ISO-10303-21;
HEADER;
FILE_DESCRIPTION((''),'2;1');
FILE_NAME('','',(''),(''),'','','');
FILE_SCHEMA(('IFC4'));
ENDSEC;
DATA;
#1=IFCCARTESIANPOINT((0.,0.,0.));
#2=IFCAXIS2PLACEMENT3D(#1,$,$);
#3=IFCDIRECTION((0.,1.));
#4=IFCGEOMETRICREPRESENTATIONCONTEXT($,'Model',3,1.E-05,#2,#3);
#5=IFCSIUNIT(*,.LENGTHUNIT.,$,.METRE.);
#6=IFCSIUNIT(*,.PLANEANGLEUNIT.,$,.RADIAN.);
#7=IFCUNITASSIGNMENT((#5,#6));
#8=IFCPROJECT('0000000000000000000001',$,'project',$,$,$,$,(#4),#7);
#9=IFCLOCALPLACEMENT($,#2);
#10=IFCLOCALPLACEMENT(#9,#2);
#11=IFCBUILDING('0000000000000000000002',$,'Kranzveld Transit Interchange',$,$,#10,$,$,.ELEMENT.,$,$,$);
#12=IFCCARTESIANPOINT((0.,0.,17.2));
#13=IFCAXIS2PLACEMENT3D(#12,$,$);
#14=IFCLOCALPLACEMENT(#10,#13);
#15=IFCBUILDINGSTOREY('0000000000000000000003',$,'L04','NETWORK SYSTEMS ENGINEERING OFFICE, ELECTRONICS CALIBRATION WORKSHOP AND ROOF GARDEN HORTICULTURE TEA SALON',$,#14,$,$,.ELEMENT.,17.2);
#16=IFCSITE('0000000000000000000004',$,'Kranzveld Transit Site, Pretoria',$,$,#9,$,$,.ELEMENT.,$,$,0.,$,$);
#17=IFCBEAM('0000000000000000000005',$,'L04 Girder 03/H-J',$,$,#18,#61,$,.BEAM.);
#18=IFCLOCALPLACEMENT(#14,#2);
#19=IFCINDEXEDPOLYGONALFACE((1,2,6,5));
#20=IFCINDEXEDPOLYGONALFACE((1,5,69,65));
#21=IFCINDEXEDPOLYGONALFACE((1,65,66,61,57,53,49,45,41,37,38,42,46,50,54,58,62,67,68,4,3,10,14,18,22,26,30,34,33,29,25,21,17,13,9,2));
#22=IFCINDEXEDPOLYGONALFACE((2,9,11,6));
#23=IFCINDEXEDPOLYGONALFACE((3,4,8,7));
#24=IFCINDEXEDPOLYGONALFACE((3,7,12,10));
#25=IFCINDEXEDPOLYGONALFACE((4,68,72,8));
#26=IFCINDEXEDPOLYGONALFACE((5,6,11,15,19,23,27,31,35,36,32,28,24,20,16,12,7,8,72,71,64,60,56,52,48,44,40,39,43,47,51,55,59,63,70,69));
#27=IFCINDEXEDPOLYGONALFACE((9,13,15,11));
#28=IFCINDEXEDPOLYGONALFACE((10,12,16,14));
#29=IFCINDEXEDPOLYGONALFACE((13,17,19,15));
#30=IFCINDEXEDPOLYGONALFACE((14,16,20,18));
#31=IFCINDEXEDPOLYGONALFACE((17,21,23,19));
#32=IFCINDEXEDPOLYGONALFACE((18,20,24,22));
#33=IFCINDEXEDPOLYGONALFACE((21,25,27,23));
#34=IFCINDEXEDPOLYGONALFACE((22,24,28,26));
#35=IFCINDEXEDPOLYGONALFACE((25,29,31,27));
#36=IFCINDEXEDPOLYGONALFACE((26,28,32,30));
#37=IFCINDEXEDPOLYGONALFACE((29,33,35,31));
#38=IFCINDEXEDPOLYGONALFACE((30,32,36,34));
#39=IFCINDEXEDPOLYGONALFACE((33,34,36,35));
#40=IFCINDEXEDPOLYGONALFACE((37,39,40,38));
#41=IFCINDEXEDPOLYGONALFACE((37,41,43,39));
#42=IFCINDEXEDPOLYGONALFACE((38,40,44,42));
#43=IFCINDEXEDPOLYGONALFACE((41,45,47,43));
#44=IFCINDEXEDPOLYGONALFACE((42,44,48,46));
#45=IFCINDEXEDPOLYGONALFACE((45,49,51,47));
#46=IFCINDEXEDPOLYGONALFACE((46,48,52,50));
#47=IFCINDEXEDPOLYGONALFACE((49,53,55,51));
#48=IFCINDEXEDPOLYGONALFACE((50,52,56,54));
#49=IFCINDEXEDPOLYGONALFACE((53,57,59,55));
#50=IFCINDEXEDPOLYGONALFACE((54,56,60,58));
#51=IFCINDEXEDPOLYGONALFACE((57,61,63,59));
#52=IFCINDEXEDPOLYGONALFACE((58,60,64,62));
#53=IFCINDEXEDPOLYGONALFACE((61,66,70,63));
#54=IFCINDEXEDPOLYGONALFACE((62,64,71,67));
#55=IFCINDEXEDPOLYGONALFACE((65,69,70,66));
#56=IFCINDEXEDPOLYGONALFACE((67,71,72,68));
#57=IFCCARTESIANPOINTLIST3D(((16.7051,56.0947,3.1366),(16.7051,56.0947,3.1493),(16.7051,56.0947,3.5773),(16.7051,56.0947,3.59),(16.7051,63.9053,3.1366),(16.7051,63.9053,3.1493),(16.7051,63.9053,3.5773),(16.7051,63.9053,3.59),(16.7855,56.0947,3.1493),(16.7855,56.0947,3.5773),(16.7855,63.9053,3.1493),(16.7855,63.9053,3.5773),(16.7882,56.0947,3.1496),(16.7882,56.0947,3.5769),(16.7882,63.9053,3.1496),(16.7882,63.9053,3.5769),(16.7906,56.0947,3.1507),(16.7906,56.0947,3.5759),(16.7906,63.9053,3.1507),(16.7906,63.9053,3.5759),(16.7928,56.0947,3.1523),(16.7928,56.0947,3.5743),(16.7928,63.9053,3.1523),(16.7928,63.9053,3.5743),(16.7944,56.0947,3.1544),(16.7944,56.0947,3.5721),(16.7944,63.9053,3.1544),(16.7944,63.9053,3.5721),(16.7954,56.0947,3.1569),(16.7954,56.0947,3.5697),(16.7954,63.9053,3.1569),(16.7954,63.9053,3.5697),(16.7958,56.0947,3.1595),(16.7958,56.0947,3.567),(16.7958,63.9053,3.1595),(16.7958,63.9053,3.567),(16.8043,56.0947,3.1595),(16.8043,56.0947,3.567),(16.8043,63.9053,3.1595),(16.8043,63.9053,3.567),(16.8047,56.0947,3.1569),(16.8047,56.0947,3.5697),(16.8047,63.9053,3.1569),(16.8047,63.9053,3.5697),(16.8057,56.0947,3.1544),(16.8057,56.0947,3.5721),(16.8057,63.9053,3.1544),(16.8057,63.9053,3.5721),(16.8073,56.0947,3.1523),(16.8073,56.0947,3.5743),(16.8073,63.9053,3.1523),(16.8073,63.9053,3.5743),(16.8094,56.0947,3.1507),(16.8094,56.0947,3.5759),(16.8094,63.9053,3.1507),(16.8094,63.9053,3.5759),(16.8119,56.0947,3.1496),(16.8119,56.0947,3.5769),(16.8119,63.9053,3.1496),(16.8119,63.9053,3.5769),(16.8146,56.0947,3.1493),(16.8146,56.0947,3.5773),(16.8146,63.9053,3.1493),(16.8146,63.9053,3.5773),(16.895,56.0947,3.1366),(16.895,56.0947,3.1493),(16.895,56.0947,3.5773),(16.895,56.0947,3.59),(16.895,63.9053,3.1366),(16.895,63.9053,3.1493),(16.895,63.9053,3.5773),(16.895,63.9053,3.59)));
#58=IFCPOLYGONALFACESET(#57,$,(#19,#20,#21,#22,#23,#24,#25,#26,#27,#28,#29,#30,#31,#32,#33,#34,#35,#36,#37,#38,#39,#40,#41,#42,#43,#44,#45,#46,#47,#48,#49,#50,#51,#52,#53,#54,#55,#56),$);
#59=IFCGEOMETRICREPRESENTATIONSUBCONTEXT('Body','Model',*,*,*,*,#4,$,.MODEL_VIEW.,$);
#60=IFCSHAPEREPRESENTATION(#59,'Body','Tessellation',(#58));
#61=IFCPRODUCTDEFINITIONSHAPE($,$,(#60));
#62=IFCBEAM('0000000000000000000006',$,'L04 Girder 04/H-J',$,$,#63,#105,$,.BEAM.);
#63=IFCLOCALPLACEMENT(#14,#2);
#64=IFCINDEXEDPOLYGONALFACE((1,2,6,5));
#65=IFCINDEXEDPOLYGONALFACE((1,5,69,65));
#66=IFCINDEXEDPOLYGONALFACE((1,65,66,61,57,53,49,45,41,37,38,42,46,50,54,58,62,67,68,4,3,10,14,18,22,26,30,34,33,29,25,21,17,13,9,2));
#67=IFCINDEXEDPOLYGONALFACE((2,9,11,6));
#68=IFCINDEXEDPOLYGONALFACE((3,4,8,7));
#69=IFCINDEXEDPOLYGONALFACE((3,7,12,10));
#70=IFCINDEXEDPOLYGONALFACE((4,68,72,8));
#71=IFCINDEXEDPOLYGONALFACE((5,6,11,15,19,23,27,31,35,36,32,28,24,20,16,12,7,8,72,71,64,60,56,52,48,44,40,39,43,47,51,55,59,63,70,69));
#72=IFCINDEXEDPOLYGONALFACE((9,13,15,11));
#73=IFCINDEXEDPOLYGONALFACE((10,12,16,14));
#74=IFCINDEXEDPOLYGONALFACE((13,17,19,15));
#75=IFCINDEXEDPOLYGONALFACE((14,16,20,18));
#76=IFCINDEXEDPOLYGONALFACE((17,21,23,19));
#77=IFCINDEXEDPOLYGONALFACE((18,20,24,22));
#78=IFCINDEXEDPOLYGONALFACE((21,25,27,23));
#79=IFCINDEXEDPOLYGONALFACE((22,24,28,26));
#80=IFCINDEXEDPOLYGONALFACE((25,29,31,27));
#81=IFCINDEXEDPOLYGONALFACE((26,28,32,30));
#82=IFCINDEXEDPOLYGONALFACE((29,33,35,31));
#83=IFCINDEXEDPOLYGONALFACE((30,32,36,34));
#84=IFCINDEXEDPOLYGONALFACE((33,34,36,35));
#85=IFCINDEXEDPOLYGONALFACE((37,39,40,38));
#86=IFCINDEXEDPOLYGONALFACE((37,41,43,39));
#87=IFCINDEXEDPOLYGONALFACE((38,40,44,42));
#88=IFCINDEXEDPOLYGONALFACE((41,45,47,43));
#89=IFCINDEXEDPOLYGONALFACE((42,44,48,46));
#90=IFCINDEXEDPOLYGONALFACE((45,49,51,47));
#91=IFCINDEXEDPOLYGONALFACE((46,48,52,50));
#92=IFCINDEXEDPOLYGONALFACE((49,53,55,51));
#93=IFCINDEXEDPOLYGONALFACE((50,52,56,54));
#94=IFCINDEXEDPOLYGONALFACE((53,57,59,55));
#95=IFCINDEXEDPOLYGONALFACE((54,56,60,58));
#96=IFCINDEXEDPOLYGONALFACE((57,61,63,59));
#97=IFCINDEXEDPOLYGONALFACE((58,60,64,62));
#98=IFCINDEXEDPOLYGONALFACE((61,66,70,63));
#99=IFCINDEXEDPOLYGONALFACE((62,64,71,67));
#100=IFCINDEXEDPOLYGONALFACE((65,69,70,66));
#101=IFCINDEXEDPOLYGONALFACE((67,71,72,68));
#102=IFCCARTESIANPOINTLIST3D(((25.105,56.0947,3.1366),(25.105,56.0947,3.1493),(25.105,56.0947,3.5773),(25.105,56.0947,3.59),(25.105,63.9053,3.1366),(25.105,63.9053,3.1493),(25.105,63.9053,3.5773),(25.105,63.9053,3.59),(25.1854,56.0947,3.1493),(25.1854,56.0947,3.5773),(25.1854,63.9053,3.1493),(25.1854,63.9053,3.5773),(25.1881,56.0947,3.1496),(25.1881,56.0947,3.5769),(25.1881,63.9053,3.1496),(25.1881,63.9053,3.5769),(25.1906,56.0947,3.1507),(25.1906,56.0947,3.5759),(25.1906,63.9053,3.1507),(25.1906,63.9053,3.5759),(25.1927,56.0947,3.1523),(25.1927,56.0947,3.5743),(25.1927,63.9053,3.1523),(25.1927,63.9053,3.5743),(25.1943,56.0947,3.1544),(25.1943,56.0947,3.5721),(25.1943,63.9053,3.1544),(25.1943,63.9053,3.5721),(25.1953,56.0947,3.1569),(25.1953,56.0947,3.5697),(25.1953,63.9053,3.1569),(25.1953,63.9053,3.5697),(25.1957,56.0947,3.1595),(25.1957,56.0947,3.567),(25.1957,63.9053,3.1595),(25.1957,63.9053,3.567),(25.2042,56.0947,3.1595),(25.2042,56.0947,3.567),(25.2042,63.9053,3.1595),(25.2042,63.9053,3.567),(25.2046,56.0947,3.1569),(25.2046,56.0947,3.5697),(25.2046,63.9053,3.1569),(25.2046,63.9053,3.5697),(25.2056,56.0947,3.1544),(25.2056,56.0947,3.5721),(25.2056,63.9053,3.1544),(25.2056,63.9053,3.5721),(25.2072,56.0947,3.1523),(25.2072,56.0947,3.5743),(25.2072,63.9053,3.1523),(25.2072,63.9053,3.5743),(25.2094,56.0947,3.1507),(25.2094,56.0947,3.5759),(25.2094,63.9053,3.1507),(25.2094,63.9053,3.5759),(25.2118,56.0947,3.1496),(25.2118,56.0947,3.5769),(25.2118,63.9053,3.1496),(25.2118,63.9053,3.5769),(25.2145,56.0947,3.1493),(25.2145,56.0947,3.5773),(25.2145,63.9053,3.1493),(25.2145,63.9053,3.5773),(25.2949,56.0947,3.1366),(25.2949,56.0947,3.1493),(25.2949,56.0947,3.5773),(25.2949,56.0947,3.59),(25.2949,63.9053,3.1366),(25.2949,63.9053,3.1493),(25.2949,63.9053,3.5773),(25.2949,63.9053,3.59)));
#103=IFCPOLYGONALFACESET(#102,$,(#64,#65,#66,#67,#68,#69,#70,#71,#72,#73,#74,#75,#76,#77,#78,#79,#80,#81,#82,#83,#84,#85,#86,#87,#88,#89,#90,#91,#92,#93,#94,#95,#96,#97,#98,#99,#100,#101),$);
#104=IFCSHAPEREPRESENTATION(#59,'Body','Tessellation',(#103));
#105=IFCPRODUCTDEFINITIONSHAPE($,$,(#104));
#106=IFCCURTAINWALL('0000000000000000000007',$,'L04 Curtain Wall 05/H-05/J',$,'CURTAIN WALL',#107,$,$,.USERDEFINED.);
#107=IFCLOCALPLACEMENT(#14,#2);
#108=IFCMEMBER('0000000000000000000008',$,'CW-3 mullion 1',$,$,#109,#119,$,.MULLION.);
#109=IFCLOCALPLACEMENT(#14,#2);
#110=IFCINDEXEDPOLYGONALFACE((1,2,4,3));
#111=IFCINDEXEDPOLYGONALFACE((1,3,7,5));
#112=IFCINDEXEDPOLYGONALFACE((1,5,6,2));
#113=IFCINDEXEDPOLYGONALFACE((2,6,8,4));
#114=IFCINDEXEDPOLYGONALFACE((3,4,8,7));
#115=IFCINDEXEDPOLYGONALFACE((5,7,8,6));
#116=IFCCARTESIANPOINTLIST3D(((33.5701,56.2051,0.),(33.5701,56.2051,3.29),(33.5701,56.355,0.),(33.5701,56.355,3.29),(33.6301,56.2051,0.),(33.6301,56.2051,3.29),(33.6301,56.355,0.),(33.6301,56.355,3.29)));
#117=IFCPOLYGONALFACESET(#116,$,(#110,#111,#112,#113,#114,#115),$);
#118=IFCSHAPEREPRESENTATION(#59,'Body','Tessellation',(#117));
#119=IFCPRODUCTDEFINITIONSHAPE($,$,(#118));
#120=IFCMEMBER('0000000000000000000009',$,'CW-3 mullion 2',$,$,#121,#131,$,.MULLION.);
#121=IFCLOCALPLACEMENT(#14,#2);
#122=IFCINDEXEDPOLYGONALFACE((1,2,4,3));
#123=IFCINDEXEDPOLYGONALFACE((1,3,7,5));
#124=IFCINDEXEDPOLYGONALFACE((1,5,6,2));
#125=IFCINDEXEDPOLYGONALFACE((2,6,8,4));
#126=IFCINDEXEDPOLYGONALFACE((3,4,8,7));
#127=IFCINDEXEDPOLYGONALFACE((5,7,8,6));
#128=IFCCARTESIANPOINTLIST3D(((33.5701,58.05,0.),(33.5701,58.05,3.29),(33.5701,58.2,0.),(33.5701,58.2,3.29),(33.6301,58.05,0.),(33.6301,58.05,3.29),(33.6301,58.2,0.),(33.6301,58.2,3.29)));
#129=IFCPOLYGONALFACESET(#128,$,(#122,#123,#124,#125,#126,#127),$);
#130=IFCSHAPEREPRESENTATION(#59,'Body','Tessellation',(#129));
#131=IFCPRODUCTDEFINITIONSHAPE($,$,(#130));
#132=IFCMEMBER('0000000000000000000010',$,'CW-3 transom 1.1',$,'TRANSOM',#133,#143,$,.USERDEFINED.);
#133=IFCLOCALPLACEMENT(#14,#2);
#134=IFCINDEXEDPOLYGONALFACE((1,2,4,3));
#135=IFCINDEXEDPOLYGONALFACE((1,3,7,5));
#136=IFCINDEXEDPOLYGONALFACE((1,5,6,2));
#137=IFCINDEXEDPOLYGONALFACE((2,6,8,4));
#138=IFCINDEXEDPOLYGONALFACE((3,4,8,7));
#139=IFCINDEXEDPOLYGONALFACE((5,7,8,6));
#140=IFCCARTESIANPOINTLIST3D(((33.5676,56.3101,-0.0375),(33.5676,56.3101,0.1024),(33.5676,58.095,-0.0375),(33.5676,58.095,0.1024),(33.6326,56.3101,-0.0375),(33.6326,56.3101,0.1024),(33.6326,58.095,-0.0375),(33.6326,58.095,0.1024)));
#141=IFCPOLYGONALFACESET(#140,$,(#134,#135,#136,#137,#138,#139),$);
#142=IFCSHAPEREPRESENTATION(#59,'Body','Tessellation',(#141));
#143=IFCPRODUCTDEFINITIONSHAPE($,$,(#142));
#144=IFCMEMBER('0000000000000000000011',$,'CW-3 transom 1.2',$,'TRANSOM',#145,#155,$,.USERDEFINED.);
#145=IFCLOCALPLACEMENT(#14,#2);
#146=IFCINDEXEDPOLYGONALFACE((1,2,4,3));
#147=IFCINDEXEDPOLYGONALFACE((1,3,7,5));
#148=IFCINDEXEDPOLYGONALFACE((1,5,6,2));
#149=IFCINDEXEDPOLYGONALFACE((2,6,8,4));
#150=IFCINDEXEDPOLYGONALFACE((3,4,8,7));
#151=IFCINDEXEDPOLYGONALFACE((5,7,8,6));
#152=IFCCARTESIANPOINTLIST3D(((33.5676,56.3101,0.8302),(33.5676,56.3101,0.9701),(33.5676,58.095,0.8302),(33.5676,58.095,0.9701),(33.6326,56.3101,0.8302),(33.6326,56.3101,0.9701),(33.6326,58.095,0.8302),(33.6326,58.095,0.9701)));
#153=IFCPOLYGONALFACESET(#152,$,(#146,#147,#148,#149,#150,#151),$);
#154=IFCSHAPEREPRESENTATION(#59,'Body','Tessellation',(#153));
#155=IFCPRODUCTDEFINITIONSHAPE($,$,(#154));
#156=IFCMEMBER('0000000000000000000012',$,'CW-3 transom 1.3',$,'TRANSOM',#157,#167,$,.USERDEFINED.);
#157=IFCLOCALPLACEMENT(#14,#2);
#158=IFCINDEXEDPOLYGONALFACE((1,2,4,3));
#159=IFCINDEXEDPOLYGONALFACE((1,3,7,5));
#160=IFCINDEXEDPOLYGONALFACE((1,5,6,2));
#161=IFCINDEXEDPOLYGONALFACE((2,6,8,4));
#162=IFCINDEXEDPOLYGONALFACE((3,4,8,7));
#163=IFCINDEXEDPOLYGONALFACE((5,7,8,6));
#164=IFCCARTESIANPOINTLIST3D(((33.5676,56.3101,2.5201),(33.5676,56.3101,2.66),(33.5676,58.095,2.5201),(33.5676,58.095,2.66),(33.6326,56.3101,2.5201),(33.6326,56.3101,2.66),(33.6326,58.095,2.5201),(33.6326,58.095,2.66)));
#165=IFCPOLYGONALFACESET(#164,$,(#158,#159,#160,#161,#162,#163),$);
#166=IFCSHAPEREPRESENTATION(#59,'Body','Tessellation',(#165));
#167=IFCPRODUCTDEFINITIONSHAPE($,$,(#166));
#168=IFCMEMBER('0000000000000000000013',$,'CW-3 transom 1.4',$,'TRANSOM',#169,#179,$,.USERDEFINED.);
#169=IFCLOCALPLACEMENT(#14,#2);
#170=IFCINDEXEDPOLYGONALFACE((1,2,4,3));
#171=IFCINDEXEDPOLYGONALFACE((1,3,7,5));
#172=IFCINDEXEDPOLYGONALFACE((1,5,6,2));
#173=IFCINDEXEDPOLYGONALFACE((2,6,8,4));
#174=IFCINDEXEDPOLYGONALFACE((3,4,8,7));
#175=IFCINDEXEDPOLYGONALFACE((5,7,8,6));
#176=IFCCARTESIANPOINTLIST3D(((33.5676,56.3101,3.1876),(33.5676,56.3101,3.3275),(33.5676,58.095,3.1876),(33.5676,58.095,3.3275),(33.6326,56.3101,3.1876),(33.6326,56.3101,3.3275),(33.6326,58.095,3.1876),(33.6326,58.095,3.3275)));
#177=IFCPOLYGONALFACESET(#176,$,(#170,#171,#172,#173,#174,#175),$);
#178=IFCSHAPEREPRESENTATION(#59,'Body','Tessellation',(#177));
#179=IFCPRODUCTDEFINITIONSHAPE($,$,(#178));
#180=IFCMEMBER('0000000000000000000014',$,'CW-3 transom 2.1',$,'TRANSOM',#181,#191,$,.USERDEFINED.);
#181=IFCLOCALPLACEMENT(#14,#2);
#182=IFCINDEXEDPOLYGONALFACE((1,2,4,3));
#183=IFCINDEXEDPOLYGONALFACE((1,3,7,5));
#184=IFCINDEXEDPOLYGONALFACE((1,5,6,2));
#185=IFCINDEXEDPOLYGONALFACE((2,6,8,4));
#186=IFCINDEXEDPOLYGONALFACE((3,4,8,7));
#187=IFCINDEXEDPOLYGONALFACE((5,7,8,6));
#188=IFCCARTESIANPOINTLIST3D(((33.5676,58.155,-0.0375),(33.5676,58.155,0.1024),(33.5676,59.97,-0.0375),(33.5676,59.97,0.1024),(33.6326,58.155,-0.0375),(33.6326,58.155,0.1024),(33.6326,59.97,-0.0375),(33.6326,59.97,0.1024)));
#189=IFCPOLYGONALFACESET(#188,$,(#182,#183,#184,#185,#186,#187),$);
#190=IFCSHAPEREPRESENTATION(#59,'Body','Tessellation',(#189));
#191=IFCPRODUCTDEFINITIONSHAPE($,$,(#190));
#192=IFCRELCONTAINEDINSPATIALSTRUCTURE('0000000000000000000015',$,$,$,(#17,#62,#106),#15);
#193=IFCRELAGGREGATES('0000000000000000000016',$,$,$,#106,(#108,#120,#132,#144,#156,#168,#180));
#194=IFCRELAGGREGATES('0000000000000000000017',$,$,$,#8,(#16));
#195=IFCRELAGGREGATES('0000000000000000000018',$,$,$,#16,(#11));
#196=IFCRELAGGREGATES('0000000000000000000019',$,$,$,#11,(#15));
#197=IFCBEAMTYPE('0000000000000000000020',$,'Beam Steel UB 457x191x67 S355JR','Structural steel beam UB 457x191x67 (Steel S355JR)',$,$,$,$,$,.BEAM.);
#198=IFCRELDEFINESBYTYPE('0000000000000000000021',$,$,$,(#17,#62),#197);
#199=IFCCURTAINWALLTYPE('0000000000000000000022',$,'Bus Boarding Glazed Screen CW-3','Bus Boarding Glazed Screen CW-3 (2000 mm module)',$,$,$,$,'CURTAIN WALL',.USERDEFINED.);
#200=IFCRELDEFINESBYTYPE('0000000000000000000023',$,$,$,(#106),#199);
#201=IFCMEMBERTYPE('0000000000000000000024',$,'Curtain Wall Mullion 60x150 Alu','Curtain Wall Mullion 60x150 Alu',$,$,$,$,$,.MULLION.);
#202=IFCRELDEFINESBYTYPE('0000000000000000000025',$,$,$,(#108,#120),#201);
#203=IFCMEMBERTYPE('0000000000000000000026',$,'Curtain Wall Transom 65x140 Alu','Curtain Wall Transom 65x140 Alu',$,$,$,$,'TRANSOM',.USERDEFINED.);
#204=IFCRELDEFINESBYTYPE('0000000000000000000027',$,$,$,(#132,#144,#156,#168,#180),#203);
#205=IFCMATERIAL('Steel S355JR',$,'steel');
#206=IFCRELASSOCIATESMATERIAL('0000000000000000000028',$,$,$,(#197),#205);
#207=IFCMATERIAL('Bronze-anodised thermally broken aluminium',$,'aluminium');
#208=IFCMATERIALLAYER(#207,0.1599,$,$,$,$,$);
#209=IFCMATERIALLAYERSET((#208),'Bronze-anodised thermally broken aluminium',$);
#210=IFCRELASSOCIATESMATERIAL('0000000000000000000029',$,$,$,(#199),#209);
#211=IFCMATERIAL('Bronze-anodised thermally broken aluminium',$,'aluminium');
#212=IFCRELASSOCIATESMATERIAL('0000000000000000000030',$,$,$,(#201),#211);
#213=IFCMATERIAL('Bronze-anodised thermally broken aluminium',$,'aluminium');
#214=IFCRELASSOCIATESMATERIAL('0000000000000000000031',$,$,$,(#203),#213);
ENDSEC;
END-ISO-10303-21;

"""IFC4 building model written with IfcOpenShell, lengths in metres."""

from ifc_helpers import new_model, si_unit, direction, frame, origin, origin_2d, place, context, subcontext, project, spatial, rectangle, i_section, extrude, material, layer, layer_set, material_profile, profile_set, type_object, element, aggregate, save


model = new_model("IFC4")

# Units and contexts
model_context = context("Model", 3, precision=1e-05, world=origin(), true_north=direction((0.0, 1.0)))
body_context = subcontext(model_context, "Body", "Model", "MODEL_VIEW")
ifc_project = project(units=[si_unit("LENGTHUNIT", "METRE"), si_unit("PLANEANGLEUNIT", "RADIAN")], contexts=[model_context])

# Site, building, storey
site_placement = place(None, origin())
site = spatial("IfcSite", under=ifc_project, at=site_placement, Name="Kranzveld Transit Site, Pretoria", CompositionType="ELEMENT", RefElevation=0.0)
building_placement = place(site_placement, origin())
building = spatial("IfcBuilding", under=site, at=building_placement, Name="Kranzveld Transit Interchange", CompositionType="ELEMENT")
storey_placement = place(building_placement, frame((0.0, 0.0, 17.2)))
storey = spatial("IfcBuildingStorey", under=building, at=storey_placement, Name="L04", Description="NETWORK SYSTEMS ENGINEERING OFFICE, ELECTRONICS CALIBRATION WORKSHOP AND ROOF GARDEN HORTICULTURE TEA SALON", CompositionType="ELEMENT", Elevation=17.2)

# Beams
ifc_material_1 = material(Name="Steel S355JR", Category="steel")
ifc_material_profile_1 = material_profile(ifc_material_1, i_section(OverallWidth=0.1899, OverallDepth=0.4534, WebThickness=0.0085, FlangeThickness=0.0127, FilletRadius=0.0103, at=origin_2d()), Name="UB 457x191x67")
ifc_profile_set_1 = profile_set([ifc_material_profile_1], Name="Steel S355JR")
beam_type_1 = type_object("IfcBeamType", Name="Beam Steel UB 457x191x67 S355JR", Description="Structural steel beam UB 457x191x67 (Steel S355JR)", PredefinedType="BEAM", material=ifc_profile_set_1)
for number, where, z_axis, x_axis, name in (
    (1, (16.8, 56.0947, 3.3633), (0.0, 1.0, 0.0), (-1.0, 0.0, 0.0), "L04 Girder 03/H-J"),
    (2, (25.2, 56.0947, 3.3633), (0.0, 1.0, 0.0), (-1.0, 0.0, 0.0), "L04 Girder 04/H-J"),
):
    element("IfcBeam", number, at=place(storey_placement, frame(where, z_axis=z_axis, x_axis=x_axis)), inside=storey, type_object=beam_type_1, Name=name, PredefinedType="BEAM", context=body_context, shape_type="SweptSolid", body=[
        extrude(i_section(OverallWidth=0.1899, OverallDepth=0.4534, WebThickness=0.0085, FlangeThickness=0.0127, FilletRadius=0.0103, at=origin_2d()), origin(), (0.0, 0.0, 1.0), 7.8105),
    ])

# Curtain wall, members
ifc_material_2 = material(Name="Bronze-anodised thermally broken aluminium", Category="aluminium")
ifc_layer_1 = layer(ifc_material_2, 0.1599)
ifc_layer_set_1 = layer_set([ifc_layer_1], Name="Bronze-anodised thermally broken aluminium")
curtain_wall_type = type_object("IfcCurtainWallType", Name="Bus Boarding Glazed Screen CW-3", Description="Bus Boarding Glazed Screen CW-3 (2000 mm module)", ElementType="CURTAIN WALL", PredefinedType="USERDEFINED", material=ifc_layer_set_1)
curtain_wall_placement = place(storey_placement, origin())
curtain_wall = element("IfcCurtainWall", 3, at=curtain_wall_placement, inside=storey, type_object=curtain_wall_type, Name="L04 Curtain Wall 05/H-05/J", ObjectType="CURTAIN WALL", PredefinedType="USERDEFINED")
ifc_material_3 = material(Name="Bronze-anodised thermally broken aluminium", Category="aluminium")
ifc_material_profile_2 = material_profile(ifc_material_3, rectangle(XDim=0.0601, YDim=0.1499, at=origin_2d()), Name="ALU MULLION 60x150")
ifc_profile_set_2 = profile_set([ifc_material_profile_2], Name="Bronze-anodised thermally broken aluminium")
member_type_1 = type_object("IfcMemberType", Name="Curtain Wall Mullion 60x150 Alu", Description="Curtain Wall Mullion 60x150 Alu", PredefinedType="MULLION", material=ifc_profile_set_2)
member_1_placement = place(storey_placement, frame((33.6001, 56.28, 0.0), z_axis=(0.0, 0.0, 1.0), x_axis=(-1.0, 0.0, 0.0)))
member_1 = element("IfcMember", 4, at=member_1_placement, type_object=member_type_1, Name="CW-3 mullion 1", PredefinedType="MULLION", context=body_context, shape_type="SweptSolid", body=[
    extrude(rectangle(XDim=0.0601, YDim=0.1499, at=origin_2d()), origin(), (0.0, 0.0, 1.0), 3.29),
])
member_2_placement = place(storey_placement, frame((33.6001, 58.125, 0.0), z_axis=(0.0, 0.0, 1.0), x_axis=(-1.0, 0.0, 0.0)))
member_2 = element("IfcMember", 5, at=member_2_placement, type_object=member_type_1, Name="CW-3 mullion 2", PredefinedType="MULLION", context=body_context, shape_type="SweptSolid", body=[
    extrude(rectangle(XDim=0.0601, YDim=0.1499, at=origin_2d()), origin(), (0.0, 0.0, 1.0), 3.29),
])
ifc_material_4 = material(Name="Bronze-anodised thermally broken aluminium", Category="aluminium")
ifc_material_profile_3 = material_profile(ifc_material_4, rectangle(XDim=0.0649, YDim=0.1399, at=origin_2d()), Name="ALU TRANSOM 65x140")
ifc_profile_set_3 = profile_set([ifc_material_profile_3], Name="Bronze-anodised thermally broken aluminium")
member_type_2 = type_object("IfcMemberType", Name="Curtain Wall Transom 65x140 Alu", Description="Curtain Wall Transom 65x140 Alu", ElementType="TRANSOM", PredefinedType="USERDEFINED", material=ifc_profile_set_3)
member_3_placement = place(storey_placement, frame((33.6001, 56.3101, 0.0325), z_axis=(0.0, 1.0, 0.0), x_axis=(-1.0, 0.0, 0.0)))
member_3 = element("IfcMember", 6, at=member_3_placement, type_object=member_type_2, Name="CW-3 transom 1.1", ObjectType="TRANSOM", PredefinedType="USERDEFINED", context=body_context, shape_type="SweptSolid", body=[
    extrude(rectangle(XDim=0.0649, YDim=0.1399, at=origin_2d()), origin(), (0.0, 0.0, 1.0), 1.7849),
])
member_4_placement = place(storey_placement, frame((33.6001, 56.3101, 0.9001), z_axis=(0.0, 1.0, 0.0), x_axis=(-1.0, 0.0, 0.0)))
member_4 = element("IfcMember", 7, at=member_4_placement, type_object=member_type_2, Name="CW-3 transom 1.2", ObjectType="TRANSOM", PredefinedType="USERDEFINED", context=body_context, shape_type="SweptSolid", body=[
    extrude(rectangle(XDim=0.0649, YDim=0.1399, at=origin_2d()), origin(), (0.0, 0.0, 1.0), 1.7849),
])
member_5_placement = place(storey_placement, frame((33.6001, 56.3101, 2.5901), z_axis=(0.0, 1.0, 0.0), x_axis=(-1.0, 0.0, 0.0)))
member_5 = element("IfcMember", 8, at=member_5_placement, type_object=member_type_2, Name="CW-3 transom 1.3", ObjectType="TRANSOM", PredefinedType="USERDEFINED", context=body_context, shape_type="SweptSolid", body=[
    extrude(rectangle(XDim=0.0649, YDim=0.1399, at=origin_2d()), origin(), (0.0, 0.0, 1.0), 1.7849),
])
member_6_placement = place(storey_placement, frame((33.6001, 56.3101, 3.2576), z_axis=(0.0, 1.0, 0.0), x_axis=(-1.0, 0.0, 0.0)))
member_6 = element("IfcMember", 9, at=member_6_placement, type_object=member_type_2, Name="CW-3 transom 1.4", ObjectType="TRANSOM", PredefinedType="USERDEFINED", context=body_context, shape_type="SweptSolid", body=[
    extrude(rectangle(XDim=0.0649, YDim=0.1399, at=origin_2d()), origin(), (0.0, 0.0, 1.0), 1.7849),
])
member_7_placement = place(storey_placement, frame((33.6001, 58.155, 0.0325), z_axis=(0.0, 1.0, 0.0), x_axis=(-1.0, 0.0, 0.0)))
member_7 = element("IfcMember", 10, at=member_7_placement, type_object=member_type_2, Name="CW-3 transom 2.1", ObjectType="TRANSOM", PredefinedType="USERDEFINED", context=body_context, shape_type="SweptSolid", body=[
    extrude(rectangle(XDim=0.0649, YDim=0.1399, at=origin_2d()), origin(), (0.0, 0.0, 1.0), 1.8149),
])

aggregate(curtain_wall, [member_1, member_2, member_3, member_4, member_5, member_6, member_7])

save(model, "model.ifc")
